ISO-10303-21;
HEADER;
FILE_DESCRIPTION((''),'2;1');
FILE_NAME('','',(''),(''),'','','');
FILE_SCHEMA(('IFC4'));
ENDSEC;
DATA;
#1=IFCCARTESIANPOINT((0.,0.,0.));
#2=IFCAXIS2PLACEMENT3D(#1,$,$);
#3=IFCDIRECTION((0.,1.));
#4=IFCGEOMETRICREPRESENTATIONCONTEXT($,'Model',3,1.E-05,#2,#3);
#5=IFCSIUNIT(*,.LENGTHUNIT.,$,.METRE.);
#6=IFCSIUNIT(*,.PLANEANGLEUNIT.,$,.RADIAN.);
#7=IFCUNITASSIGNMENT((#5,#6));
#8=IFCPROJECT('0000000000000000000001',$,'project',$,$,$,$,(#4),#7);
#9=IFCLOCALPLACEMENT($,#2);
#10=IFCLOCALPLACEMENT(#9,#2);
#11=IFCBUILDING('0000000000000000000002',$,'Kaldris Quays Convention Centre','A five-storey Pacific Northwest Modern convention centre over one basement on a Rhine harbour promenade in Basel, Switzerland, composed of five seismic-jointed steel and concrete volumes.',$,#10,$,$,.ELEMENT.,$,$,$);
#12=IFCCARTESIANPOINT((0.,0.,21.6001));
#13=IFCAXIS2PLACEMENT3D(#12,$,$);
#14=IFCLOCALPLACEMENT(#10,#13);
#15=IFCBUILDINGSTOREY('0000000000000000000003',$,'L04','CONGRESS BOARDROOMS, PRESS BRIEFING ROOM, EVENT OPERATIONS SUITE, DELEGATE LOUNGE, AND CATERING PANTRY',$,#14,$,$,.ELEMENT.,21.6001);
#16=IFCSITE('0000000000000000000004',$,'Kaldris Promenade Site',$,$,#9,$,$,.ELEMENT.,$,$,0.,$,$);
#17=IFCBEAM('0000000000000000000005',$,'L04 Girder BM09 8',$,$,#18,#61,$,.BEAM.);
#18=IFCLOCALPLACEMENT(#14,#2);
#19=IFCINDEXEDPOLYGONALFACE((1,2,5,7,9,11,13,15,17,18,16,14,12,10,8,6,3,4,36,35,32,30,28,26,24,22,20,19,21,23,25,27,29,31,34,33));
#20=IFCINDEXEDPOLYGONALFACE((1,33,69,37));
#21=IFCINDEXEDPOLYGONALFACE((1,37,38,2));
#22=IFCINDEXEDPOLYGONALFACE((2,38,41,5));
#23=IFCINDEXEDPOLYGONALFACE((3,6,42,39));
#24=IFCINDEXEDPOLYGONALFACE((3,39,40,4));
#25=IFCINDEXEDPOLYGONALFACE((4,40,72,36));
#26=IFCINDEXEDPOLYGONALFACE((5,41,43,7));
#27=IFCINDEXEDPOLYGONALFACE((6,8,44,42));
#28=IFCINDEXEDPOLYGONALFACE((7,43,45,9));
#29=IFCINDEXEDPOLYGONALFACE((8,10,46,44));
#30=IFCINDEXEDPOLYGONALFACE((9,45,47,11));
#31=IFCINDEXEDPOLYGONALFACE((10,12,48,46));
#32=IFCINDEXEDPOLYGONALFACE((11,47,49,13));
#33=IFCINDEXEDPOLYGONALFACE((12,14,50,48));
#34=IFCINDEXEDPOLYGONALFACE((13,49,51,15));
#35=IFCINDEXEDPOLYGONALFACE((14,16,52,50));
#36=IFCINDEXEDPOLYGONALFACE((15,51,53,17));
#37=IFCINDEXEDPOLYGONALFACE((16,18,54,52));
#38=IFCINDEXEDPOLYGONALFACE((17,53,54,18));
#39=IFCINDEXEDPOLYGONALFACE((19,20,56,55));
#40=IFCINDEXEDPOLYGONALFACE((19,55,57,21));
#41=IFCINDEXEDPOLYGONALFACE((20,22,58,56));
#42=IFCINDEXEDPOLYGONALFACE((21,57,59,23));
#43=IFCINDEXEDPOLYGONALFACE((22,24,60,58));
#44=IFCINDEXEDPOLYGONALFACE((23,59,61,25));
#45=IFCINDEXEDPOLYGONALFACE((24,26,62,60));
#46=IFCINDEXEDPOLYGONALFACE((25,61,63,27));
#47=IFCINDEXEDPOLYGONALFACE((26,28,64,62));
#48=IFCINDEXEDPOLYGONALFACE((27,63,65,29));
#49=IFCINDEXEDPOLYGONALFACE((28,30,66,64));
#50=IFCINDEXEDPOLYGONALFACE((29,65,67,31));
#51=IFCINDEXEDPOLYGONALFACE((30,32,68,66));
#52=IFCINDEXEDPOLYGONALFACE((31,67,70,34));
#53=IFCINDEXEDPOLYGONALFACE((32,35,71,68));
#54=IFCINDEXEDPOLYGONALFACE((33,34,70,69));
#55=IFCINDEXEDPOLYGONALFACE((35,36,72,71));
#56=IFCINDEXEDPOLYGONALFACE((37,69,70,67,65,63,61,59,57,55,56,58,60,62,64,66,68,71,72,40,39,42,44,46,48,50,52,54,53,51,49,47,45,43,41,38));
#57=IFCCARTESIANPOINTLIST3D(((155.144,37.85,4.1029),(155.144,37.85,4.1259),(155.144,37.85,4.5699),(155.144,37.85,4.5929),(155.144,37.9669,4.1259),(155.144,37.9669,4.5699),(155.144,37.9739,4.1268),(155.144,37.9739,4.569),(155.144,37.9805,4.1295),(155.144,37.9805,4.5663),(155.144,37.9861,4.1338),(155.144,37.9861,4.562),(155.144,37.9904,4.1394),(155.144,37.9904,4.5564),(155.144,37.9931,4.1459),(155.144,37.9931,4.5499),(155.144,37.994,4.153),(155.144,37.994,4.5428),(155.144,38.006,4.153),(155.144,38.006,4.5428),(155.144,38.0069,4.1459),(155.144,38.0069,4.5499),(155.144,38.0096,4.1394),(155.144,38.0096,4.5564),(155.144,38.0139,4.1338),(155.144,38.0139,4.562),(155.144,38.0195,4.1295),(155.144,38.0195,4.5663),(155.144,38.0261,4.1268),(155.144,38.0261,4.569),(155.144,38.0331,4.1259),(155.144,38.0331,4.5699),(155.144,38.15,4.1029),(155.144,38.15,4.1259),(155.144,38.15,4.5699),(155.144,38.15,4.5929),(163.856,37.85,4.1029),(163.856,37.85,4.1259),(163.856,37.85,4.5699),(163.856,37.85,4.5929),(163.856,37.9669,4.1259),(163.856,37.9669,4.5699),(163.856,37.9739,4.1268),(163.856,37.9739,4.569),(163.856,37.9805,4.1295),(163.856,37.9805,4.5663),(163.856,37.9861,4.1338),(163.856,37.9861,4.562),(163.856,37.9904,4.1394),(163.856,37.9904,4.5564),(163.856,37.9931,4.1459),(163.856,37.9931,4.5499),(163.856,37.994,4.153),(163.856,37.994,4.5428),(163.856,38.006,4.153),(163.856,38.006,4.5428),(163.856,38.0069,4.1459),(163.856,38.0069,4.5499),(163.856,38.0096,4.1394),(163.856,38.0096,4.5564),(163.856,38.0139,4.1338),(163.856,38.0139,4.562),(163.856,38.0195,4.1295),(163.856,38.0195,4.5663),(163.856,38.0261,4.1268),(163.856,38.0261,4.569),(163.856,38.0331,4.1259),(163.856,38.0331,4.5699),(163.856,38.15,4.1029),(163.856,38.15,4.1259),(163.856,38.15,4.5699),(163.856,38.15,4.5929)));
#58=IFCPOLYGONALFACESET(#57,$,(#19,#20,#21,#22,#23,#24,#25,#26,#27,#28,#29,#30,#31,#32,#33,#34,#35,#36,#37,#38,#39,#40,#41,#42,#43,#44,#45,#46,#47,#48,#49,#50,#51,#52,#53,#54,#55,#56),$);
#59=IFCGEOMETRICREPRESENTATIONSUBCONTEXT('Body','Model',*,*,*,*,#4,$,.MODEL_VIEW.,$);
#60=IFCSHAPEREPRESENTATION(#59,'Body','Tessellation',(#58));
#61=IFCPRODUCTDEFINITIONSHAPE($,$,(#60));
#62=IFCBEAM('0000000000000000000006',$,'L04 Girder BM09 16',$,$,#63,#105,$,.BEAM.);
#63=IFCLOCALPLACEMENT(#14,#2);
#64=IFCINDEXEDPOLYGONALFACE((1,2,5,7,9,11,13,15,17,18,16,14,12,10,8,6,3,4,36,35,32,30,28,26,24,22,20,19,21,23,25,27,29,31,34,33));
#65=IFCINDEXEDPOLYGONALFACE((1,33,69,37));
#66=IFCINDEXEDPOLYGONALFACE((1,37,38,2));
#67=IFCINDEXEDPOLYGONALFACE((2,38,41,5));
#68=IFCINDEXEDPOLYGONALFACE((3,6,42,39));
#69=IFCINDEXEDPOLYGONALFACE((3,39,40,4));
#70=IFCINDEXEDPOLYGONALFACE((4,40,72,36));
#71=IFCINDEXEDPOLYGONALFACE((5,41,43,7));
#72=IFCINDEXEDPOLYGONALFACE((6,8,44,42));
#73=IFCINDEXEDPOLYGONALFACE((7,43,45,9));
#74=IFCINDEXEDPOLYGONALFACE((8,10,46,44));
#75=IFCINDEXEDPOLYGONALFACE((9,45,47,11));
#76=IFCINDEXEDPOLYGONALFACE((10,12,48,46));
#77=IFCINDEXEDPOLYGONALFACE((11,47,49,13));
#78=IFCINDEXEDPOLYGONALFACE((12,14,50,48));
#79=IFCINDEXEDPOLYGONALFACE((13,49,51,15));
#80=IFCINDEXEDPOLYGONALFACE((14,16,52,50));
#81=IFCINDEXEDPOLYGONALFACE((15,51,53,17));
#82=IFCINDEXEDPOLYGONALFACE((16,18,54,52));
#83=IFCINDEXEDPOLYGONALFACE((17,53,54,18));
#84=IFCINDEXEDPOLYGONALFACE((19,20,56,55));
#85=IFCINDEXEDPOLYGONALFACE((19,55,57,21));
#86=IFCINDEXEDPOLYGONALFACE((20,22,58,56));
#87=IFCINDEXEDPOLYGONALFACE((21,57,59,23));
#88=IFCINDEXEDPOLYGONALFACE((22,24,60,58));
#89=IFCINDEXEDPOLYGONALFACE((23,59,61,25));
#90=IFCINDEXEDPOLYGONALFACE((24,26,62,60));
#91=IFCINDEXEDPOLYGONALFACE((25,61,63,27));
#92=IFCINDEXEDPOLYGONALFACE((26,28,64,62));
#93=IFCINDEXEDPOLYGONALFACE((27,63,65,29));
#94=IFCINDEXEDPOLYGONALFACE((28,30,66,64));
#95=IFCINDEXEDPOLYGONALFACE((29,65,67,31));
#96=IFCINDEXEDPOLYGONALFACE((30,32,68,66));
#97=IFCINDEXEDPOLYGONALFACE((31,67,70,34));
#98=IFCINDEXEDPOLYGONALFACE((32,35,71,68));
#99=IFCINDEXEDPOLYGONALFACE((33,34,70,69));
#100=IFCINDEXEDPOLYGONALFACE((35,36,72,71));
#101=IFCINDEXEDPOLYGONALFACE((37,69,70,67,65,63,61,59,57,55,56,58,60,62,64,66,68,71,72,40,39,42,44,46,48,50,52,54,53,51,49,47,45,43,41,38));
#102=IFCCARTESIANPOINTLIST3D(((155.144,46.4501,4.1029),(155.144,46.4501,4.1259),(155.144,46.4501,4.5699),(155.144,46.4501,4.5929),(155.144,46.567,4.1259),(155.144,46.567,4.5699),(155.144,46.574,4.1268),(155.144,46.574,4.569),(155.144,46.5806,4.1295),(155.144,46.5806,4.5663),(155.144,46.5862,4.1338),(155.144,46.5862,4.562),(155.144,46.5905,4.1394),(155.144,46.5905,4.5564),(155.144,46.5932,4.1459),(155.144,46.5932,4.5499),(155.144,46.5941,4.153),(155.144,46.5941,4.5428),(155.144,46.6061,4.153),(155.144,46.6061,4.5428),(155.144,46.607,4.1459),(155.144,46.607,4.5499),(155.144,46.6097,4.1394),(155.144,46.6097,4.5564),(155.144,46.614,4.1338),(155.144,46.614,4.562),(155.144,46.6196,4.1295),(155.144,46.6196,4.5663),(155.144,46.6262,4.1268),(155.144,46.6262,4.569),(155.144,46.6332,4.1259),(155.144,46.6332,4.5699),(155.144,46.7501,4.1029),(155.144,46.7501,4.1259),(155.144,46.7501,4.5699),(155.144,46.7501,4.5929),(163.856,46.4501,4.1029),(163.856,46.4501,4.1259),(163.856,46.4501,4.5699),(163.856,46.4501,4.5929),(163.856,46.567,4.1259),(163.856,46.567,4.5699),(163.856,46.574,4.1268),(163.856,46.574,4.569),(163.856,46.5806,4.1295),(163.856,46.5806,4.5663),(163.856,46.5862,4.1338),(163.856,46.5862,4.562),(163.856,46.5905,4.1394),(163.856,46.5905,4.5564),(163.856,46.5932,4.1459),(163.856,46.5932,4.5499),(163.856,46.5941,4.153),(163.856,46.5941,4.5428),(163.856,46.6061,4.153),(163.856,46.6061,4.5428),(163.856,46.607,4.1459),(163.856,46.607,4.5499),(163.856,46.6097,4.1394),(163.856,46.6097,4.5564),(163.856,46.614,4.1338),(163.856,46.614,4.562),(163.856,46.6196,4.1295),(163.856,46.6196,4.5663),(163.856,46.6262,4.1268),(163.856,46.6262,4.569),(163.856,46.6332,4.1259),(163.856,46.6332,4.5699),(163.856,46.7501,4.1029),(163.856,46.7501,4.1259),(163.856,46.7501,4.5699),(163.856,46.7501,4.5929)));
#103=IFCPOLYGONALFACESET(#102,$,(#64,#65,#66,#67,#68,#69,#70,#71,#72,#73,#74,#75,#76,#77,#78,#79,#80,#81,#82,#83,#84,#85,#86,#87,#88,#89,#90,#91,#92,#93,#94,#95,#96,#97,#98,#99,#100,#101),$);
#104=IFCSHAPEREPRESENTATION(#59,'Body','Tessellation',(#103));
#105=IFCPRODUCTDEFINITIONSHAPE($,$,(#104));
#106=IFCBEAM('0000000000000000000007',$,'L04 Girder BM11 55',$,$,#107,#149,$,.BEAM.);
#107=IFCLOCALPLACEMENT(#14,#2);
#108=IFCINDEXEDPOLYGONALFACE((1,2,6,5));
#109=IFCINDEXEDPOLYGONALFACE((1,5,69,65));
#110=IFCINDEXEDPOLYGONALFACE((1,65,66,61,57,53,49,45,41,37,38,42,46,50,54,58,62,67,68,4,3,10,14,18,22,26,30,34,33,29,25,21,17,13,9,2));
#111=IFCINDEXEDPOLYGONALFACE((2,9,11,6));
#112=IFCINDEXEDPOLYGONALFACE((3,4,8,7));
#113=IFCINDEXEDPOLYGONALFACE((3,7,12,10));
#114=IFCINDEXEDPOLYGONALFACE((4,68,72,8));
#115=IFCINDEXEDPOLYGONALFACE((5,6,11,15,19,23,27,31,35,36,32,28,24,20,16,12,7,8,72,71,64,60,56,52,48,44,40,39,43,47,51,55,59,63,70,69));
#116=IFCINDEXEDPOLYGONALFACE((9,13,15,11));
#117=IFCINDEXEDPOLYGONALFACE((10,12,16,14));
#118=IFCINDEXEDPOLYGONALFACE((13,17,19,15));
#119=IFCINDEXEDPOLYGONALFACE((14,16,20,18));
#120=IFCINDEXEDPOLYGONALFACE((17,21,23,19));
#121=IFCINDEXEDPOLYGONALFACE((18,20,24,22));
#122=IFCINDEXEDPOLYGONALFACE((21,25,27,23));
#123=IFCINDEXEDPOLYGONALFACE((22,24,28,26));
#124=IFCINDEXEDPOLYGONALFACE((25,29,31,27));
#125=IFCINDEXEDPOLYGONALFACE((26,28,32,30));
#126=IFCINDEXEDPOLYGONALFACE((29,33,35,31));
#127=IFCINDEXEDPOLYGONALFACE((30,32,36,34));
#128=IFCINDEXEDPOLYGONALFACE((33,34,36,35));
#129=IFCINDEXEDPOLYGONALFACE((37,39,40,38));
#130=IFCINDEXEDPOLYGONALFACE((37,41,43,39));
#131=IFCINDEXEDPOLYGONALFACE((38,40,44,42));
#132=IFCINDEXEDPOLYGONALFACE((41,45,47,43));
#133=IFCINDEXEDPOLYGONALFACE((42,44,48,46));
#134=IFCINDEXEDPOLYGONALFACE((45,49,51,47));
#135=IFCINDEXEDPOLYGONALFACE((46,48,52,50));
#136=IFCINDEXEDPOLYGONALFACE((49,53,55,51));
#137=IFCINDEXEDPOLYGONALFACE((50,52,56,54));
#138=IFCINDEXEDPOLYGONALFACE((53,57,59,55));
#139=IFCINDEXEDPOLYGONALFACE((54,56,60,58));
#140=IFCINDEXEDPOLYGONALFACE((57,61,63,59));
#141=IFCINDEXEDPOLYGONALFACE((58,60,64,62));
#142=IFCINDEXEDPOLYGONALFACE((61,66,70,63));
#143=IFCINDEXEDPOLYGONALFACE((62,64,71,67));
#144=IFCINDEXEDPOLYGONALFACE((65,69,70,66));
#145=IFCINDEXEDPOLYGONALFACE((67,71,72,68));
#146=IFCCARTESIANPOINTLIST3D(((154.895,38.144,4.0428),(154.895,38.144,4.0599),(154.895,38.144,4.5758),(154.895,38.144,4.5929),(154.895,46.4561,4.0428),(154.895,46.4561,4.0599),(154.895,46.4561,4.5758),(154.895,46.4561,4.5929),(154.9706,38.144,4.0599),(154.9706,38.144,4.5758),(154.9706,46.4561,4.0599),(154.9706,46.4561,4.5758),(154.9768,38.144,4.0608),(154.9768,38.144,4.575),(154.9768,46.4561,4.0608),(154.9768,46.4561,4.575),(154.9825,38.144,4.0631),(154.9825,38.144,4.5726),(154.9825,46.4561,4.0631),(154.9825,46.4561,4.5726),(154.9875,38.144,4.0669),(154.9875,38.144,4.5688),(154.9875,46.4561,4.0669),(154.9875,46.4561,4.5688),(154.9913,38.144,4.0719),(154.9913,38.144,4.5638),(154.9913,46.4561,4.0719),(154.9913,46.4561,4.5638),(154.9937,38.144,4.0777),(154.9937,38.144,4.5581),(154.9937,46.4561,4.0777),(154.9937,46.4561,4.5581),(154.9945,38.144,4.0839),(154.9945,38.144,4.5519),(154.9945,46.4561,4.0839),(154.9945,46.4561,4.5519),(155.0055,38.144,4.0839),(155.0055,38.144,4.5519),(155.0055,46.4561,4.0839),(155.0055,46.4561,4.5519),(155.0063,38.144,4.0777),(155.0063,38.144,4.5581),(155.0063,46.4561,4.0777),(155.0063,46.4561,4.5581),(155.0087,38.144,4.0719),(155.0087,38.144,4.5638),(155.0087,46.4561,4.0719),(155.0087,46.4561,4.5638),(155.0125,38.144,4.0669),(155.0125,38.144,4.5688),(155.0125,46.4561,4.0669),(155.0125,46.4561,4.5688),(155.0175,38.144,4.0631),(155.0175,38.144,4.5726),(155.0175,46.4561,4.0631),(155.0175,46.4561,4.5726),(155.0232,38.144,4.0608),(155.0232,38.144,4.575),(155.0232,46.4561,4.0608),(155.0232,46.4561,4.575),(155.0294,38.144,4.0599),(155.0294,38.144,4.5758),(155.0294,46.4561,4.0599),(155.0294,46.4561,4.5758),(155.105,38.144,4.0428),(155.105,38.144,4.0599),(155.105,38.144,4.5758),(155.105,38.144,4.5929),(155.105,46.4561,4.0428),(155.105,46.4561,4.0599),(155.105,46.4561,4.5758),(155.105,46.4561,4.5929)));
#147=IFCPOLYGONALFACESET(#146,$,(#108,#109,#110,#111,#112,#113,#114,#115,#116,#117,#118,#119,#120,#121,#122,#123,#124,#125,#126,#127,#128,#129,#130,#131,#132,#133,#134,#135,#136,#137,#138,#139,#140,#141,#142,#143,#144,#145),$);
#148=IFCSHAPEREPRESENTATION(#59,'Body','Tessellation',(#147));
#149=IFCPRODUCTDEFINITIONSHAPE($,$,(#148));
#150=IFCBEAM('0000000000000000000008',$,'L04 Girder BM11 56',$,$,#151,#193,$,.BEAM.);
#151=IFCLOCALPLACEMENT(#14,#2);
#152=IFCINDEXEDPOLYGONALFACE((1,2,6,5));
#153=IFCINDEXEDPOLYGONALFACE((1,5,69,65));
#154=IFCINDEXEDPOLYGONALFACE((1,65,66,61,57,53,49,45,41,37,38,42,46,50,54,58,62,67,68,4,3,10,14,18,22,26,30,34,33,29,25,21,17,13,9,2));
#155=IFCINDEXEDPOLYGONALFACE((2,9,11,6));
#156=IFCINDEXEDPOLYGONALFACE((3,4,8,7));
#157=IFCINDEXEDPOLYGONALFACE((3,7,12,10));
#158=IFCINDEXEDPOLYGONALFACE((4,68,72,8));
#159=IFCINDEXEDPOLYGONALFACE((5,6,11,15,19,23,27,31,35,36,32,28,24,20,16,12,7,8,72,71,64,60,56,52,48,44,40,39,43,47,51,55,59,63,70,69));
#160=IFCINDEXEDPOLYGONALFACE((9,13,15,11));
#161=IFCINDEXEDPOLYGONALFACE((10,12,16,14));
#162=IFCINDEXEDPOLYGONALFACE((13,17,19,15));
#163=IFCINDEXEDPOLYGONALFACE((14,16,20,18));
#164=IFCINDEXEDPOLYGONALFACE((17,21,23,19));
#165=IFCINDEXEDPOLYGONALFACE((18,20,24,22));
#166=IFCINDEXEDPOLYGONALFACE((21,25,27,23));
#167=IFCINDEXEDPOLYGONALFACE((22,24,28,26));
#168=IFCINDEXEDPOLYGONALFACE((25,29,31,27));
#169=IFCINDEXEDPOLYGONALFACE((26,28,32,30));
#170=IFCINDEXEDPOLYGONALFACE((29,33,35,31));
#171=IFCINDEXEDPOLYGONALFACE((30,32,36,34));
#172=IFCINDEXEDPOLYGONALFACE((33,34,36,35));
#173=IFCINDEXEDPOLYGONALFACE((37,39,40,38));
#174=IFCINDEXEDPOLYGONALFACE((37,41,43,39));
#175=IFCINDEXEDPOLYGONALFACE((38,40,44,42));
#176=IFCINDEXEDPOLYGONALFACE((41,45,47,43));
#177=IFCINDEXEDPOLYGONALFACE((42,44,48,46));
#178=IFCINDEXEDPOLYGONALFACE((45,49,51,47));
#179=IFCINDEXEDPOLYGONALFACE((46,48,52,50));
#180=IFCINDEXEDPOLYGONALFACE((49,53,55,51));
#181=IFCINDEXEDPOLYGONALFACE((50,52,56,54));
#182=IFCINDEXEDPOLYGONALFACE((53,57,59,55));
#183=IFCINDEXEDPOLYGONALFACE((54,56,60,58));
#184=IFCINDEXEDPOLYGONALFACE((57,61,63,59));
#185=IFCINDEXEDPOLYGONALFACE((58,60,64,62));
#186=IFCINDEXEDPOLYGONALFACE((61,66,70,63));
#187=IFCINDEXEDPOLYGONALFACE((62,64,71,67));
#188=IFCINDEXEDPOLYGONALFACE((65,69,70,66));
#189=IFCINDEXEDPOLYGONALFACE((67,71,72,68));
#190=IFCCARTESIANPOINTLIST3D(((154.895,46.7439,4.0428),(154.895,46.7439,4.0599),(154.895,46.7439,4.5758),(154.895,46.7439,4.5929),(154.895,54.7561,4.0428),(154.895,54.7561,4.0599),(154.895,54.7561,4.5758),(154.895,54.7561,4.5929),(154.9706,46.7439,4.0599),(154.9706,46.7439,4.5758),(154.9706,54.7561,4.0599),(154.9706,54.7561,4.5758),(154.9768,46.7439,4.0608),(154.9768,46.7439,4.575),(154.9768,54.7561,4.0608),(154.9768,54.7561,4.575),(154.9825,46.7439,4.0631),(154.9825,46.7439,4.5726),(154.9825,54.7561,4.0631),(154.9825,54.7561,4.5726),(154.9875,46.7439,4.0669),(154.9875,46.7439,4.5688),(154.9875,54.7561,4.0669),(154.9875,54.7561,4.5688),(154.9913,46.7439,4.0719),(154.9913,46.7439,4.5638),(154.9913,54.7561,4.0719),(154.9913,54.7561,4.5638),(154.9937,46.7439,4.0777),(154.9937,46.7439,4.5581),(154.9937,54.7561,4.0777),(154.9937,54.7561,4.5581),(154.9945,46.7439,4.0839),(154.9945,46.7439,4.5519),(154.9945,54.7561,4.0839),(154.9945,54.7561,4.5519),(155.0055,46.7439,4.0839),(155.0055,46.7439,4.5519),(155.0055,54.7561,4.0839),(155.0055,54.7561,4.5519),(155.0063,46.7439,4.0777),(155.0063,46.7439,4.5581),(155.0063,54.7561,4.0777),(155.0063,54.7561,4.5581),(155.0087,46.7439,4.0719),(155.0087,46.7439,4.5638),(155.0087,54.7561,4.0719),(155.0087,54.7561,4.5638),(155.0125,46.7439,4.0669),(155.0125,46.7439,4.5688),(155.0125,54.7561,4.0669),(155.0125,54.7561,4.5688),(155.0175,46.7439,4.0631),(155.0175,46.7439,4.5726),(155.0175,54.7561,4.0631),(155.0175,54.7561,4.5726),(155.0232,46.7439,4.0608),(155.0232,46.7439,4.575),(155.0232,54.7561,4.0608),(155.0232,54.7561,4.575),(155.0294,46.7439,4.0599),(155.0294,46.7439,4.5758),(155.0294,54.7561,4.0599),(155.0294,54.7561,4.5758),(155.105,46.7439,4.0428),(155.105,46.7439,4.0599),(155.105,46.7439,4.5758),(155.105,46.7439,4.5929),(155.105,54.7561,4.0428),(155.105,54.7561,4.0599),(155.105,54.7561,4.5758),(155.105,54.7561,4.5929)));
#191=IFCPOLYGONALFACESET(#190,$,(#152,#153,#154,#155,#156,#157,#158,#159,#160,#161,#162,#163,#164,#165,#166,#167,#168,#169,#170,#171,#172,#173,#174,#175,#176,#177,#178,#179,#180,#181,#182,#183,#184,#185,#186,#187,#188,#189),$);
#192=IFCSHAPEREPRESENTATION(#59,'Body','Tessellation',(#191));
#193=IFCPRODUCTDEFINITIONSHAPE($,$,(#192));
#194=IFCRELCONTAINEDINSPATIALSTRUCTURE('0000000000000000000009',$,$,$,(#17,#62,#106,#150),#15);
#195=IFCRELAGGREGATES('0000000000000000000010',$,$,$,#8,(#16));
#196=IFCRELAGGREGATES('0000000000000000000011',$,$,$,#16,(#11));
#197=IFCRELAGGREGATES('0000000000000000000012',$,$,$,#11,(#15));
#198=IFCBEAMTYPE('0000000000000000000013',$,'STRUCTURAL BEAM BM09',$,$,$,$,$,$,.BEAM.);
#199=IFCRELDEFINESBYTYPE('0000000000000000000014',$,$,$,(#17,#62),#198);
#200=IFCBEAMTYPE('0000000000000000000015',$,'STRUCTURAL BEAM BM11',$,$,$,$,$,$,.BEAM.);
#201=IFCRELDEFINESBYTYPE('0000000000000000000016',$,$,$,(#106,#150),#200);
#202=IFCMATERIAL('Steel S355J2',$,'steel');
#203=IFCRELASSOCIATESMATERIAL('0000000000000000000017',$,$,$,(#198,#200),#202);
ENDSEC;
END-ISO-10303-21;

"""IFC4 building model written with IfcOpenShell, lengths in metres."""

from ifc_helpers import new_model, si_unit, direction, frame, origin, origin_2d, place, context, subcontext, project, spatial, i_section, extrude, material, material_profile, profile_set, type_object, element, save


model = new_model("IFC4")

# Units and contexts
model_context = context("Model", 3, precision=1e-05, world=origin(), true_north=direction((0.0, 1.0)))
body_context = subcontext(model_context, "Body", "Model", "MODEL_VIEW")
ifc_project = project(units=[si_unit("LENGTHUNIT", "METRE"), si_unit("PLANEANGLEUNIT", "RADIAN")], contexts=[model_context])

# Site, building, storey
site_placement = place(None, origin())
site = spatial("IfcSite", under=ifc_project, at=site_placement, Name="Kaldris Promenade Site", CompositionType="ELEMENT", RefElevation=0.0)
building_placement = place(site_placement, origin())
building = spatial("IfcBuilding", under=site, at=building_placement, Name="Kaldris Quays Convention Centre", Description="A five-storey Pacific Northwest Modern convention centre over one basement on a Rhine harbour promenade in Basel, Switzerland, composed of five seismic-jointed steel and concrete volumes.", CompositionType="ELEMENT")
storey_placement = place(building_placement, frame((0.0, 0.0, 21.6001)))
storey = spatial("IfcBuildingStorey", under=building, at=storey_placement, Name="L04", Description="CONGRESS BOARDROOMS, PRESS BRIEFING ROOM, EVENT OPERATIONS SUITE, DELEGATE LOUNGE, AND CATERING PANTRY", CompositionType="ELEMENT", Elevation=21.6001)

# Shared definitions
ifc_material_1 = material(Name="Steel S355J2", Category="steel")

# Beams
ifc_material_profile_1 = material_profile(ifc_material_1, i_section(OverallWidth=0.3, OverallDepth=0.49, WebThickness=0.012, FlangeThickness=0.0229, FilletRadius=0.0271, at=origin_2d()), Name="HEA 500")
ifc_profile_set_1 = profile_set([ifc_material_profile_1], Name="Steel S355J2")
beam_type_1 = type_object("IfcBeamType", Name="STRUCTURAL BEAM BM09", PredefinedType="BEAM", material=ifc_profile_set_1)
for number, where, z_axis, x_axis, name in (
    (1, (155.144, 38.0, 4.3479), (1.0, 0.0, 0.0), (0.0, 1.0, 0.0), "L04 Girder BM09 8"),
    (2, (155.144, 46.6001, 4.3479), (1.0, 0.0, 0.0), (0.0, 1.0, 0.0), "L04 Girder BM09 16"),
):
    element("IfcBeam", number, at=place(storey_placement, frame(where, z_axis=z_axis, x_axis=x_axis)), inside=storey, type_object=beam_type_1, Name=name, PredefinedType="BEAM", context=body_context, shape_type="SweptSolid", body=[
        extrude(i_section(OverallWidth=0.3, OverallDepth=0.49, WebThickness=0.012, FlangeThickness=0.0229, FilletRadius=0.0271, at=origin_2d()), origin(), (0.0, 0.0, 1.0), 8.7119),
    ])
ifc_material_profile_2 = material_profile(ifc_material_1, i_section(OverallWidth=0.21, OverallDepth=0.55, WebThickness=0.011, FlangeThickness=0.0171, FilletRadius=0.0239, at=origin_2d()), Name="IPE 550")
ifc_profile_set_2 = profile_set([ifc_material_profile_2], Name="Steel S355J2")
beam_type_2 = type_object("IfcBeamType", Name="STRUCTURAL BEAM BM11", PredefinedType="BEAM", material=ifc_profile_set_2)
beam_1_placement = place(storey_placement, frame((155.0, 38.144, 4.3179), z_axis=(0.0, 1.0, 0.0), x_axis=(-1.0, 0.0, 0.0)))
element("IfcBeam", 3, at=beam_1_placement, inside=storey, type_object=beam_type_2, Name="L04 Girder BM11 55", PredefinedType="BEAM", context=body_context, shape_type="SweptSolid", body=[
    extrude(i_section(OverallWidth=0.21, OverallDepth=0.55, WebThickness=0.011, FlangeThickness=0.0171, FilletRadius=0.0239, at=origin_2d()), origin(), (0.0, 0.0, 1.0), 8.312),
])
beam_2_placement = place(storey_placement, frame((155.0, 46.7439, 4.3179), z_axis=(0.0, 1.0, 0.0), x_axis=(-1.0, 0.0, 0.0)))
element("IfcBeam", 4, at=beam_2_placement, inside=storey, type_object=beam_type_2, Name="L04 Girder BM11 56", PredefinedType="BEAM", context=body_context, shape_type="SweptSolid", body=[
    extrude(i_section(OverallWidth=0.21, OverallDepth=0.55, WebThickness=0.011, FlangeThickness=0.0171, FilletRadius=0.0239, at=origin_2d()), origin(), (0.0, 0.0, 1.0), 8.0122),
])

save(model, "model.ifc")
